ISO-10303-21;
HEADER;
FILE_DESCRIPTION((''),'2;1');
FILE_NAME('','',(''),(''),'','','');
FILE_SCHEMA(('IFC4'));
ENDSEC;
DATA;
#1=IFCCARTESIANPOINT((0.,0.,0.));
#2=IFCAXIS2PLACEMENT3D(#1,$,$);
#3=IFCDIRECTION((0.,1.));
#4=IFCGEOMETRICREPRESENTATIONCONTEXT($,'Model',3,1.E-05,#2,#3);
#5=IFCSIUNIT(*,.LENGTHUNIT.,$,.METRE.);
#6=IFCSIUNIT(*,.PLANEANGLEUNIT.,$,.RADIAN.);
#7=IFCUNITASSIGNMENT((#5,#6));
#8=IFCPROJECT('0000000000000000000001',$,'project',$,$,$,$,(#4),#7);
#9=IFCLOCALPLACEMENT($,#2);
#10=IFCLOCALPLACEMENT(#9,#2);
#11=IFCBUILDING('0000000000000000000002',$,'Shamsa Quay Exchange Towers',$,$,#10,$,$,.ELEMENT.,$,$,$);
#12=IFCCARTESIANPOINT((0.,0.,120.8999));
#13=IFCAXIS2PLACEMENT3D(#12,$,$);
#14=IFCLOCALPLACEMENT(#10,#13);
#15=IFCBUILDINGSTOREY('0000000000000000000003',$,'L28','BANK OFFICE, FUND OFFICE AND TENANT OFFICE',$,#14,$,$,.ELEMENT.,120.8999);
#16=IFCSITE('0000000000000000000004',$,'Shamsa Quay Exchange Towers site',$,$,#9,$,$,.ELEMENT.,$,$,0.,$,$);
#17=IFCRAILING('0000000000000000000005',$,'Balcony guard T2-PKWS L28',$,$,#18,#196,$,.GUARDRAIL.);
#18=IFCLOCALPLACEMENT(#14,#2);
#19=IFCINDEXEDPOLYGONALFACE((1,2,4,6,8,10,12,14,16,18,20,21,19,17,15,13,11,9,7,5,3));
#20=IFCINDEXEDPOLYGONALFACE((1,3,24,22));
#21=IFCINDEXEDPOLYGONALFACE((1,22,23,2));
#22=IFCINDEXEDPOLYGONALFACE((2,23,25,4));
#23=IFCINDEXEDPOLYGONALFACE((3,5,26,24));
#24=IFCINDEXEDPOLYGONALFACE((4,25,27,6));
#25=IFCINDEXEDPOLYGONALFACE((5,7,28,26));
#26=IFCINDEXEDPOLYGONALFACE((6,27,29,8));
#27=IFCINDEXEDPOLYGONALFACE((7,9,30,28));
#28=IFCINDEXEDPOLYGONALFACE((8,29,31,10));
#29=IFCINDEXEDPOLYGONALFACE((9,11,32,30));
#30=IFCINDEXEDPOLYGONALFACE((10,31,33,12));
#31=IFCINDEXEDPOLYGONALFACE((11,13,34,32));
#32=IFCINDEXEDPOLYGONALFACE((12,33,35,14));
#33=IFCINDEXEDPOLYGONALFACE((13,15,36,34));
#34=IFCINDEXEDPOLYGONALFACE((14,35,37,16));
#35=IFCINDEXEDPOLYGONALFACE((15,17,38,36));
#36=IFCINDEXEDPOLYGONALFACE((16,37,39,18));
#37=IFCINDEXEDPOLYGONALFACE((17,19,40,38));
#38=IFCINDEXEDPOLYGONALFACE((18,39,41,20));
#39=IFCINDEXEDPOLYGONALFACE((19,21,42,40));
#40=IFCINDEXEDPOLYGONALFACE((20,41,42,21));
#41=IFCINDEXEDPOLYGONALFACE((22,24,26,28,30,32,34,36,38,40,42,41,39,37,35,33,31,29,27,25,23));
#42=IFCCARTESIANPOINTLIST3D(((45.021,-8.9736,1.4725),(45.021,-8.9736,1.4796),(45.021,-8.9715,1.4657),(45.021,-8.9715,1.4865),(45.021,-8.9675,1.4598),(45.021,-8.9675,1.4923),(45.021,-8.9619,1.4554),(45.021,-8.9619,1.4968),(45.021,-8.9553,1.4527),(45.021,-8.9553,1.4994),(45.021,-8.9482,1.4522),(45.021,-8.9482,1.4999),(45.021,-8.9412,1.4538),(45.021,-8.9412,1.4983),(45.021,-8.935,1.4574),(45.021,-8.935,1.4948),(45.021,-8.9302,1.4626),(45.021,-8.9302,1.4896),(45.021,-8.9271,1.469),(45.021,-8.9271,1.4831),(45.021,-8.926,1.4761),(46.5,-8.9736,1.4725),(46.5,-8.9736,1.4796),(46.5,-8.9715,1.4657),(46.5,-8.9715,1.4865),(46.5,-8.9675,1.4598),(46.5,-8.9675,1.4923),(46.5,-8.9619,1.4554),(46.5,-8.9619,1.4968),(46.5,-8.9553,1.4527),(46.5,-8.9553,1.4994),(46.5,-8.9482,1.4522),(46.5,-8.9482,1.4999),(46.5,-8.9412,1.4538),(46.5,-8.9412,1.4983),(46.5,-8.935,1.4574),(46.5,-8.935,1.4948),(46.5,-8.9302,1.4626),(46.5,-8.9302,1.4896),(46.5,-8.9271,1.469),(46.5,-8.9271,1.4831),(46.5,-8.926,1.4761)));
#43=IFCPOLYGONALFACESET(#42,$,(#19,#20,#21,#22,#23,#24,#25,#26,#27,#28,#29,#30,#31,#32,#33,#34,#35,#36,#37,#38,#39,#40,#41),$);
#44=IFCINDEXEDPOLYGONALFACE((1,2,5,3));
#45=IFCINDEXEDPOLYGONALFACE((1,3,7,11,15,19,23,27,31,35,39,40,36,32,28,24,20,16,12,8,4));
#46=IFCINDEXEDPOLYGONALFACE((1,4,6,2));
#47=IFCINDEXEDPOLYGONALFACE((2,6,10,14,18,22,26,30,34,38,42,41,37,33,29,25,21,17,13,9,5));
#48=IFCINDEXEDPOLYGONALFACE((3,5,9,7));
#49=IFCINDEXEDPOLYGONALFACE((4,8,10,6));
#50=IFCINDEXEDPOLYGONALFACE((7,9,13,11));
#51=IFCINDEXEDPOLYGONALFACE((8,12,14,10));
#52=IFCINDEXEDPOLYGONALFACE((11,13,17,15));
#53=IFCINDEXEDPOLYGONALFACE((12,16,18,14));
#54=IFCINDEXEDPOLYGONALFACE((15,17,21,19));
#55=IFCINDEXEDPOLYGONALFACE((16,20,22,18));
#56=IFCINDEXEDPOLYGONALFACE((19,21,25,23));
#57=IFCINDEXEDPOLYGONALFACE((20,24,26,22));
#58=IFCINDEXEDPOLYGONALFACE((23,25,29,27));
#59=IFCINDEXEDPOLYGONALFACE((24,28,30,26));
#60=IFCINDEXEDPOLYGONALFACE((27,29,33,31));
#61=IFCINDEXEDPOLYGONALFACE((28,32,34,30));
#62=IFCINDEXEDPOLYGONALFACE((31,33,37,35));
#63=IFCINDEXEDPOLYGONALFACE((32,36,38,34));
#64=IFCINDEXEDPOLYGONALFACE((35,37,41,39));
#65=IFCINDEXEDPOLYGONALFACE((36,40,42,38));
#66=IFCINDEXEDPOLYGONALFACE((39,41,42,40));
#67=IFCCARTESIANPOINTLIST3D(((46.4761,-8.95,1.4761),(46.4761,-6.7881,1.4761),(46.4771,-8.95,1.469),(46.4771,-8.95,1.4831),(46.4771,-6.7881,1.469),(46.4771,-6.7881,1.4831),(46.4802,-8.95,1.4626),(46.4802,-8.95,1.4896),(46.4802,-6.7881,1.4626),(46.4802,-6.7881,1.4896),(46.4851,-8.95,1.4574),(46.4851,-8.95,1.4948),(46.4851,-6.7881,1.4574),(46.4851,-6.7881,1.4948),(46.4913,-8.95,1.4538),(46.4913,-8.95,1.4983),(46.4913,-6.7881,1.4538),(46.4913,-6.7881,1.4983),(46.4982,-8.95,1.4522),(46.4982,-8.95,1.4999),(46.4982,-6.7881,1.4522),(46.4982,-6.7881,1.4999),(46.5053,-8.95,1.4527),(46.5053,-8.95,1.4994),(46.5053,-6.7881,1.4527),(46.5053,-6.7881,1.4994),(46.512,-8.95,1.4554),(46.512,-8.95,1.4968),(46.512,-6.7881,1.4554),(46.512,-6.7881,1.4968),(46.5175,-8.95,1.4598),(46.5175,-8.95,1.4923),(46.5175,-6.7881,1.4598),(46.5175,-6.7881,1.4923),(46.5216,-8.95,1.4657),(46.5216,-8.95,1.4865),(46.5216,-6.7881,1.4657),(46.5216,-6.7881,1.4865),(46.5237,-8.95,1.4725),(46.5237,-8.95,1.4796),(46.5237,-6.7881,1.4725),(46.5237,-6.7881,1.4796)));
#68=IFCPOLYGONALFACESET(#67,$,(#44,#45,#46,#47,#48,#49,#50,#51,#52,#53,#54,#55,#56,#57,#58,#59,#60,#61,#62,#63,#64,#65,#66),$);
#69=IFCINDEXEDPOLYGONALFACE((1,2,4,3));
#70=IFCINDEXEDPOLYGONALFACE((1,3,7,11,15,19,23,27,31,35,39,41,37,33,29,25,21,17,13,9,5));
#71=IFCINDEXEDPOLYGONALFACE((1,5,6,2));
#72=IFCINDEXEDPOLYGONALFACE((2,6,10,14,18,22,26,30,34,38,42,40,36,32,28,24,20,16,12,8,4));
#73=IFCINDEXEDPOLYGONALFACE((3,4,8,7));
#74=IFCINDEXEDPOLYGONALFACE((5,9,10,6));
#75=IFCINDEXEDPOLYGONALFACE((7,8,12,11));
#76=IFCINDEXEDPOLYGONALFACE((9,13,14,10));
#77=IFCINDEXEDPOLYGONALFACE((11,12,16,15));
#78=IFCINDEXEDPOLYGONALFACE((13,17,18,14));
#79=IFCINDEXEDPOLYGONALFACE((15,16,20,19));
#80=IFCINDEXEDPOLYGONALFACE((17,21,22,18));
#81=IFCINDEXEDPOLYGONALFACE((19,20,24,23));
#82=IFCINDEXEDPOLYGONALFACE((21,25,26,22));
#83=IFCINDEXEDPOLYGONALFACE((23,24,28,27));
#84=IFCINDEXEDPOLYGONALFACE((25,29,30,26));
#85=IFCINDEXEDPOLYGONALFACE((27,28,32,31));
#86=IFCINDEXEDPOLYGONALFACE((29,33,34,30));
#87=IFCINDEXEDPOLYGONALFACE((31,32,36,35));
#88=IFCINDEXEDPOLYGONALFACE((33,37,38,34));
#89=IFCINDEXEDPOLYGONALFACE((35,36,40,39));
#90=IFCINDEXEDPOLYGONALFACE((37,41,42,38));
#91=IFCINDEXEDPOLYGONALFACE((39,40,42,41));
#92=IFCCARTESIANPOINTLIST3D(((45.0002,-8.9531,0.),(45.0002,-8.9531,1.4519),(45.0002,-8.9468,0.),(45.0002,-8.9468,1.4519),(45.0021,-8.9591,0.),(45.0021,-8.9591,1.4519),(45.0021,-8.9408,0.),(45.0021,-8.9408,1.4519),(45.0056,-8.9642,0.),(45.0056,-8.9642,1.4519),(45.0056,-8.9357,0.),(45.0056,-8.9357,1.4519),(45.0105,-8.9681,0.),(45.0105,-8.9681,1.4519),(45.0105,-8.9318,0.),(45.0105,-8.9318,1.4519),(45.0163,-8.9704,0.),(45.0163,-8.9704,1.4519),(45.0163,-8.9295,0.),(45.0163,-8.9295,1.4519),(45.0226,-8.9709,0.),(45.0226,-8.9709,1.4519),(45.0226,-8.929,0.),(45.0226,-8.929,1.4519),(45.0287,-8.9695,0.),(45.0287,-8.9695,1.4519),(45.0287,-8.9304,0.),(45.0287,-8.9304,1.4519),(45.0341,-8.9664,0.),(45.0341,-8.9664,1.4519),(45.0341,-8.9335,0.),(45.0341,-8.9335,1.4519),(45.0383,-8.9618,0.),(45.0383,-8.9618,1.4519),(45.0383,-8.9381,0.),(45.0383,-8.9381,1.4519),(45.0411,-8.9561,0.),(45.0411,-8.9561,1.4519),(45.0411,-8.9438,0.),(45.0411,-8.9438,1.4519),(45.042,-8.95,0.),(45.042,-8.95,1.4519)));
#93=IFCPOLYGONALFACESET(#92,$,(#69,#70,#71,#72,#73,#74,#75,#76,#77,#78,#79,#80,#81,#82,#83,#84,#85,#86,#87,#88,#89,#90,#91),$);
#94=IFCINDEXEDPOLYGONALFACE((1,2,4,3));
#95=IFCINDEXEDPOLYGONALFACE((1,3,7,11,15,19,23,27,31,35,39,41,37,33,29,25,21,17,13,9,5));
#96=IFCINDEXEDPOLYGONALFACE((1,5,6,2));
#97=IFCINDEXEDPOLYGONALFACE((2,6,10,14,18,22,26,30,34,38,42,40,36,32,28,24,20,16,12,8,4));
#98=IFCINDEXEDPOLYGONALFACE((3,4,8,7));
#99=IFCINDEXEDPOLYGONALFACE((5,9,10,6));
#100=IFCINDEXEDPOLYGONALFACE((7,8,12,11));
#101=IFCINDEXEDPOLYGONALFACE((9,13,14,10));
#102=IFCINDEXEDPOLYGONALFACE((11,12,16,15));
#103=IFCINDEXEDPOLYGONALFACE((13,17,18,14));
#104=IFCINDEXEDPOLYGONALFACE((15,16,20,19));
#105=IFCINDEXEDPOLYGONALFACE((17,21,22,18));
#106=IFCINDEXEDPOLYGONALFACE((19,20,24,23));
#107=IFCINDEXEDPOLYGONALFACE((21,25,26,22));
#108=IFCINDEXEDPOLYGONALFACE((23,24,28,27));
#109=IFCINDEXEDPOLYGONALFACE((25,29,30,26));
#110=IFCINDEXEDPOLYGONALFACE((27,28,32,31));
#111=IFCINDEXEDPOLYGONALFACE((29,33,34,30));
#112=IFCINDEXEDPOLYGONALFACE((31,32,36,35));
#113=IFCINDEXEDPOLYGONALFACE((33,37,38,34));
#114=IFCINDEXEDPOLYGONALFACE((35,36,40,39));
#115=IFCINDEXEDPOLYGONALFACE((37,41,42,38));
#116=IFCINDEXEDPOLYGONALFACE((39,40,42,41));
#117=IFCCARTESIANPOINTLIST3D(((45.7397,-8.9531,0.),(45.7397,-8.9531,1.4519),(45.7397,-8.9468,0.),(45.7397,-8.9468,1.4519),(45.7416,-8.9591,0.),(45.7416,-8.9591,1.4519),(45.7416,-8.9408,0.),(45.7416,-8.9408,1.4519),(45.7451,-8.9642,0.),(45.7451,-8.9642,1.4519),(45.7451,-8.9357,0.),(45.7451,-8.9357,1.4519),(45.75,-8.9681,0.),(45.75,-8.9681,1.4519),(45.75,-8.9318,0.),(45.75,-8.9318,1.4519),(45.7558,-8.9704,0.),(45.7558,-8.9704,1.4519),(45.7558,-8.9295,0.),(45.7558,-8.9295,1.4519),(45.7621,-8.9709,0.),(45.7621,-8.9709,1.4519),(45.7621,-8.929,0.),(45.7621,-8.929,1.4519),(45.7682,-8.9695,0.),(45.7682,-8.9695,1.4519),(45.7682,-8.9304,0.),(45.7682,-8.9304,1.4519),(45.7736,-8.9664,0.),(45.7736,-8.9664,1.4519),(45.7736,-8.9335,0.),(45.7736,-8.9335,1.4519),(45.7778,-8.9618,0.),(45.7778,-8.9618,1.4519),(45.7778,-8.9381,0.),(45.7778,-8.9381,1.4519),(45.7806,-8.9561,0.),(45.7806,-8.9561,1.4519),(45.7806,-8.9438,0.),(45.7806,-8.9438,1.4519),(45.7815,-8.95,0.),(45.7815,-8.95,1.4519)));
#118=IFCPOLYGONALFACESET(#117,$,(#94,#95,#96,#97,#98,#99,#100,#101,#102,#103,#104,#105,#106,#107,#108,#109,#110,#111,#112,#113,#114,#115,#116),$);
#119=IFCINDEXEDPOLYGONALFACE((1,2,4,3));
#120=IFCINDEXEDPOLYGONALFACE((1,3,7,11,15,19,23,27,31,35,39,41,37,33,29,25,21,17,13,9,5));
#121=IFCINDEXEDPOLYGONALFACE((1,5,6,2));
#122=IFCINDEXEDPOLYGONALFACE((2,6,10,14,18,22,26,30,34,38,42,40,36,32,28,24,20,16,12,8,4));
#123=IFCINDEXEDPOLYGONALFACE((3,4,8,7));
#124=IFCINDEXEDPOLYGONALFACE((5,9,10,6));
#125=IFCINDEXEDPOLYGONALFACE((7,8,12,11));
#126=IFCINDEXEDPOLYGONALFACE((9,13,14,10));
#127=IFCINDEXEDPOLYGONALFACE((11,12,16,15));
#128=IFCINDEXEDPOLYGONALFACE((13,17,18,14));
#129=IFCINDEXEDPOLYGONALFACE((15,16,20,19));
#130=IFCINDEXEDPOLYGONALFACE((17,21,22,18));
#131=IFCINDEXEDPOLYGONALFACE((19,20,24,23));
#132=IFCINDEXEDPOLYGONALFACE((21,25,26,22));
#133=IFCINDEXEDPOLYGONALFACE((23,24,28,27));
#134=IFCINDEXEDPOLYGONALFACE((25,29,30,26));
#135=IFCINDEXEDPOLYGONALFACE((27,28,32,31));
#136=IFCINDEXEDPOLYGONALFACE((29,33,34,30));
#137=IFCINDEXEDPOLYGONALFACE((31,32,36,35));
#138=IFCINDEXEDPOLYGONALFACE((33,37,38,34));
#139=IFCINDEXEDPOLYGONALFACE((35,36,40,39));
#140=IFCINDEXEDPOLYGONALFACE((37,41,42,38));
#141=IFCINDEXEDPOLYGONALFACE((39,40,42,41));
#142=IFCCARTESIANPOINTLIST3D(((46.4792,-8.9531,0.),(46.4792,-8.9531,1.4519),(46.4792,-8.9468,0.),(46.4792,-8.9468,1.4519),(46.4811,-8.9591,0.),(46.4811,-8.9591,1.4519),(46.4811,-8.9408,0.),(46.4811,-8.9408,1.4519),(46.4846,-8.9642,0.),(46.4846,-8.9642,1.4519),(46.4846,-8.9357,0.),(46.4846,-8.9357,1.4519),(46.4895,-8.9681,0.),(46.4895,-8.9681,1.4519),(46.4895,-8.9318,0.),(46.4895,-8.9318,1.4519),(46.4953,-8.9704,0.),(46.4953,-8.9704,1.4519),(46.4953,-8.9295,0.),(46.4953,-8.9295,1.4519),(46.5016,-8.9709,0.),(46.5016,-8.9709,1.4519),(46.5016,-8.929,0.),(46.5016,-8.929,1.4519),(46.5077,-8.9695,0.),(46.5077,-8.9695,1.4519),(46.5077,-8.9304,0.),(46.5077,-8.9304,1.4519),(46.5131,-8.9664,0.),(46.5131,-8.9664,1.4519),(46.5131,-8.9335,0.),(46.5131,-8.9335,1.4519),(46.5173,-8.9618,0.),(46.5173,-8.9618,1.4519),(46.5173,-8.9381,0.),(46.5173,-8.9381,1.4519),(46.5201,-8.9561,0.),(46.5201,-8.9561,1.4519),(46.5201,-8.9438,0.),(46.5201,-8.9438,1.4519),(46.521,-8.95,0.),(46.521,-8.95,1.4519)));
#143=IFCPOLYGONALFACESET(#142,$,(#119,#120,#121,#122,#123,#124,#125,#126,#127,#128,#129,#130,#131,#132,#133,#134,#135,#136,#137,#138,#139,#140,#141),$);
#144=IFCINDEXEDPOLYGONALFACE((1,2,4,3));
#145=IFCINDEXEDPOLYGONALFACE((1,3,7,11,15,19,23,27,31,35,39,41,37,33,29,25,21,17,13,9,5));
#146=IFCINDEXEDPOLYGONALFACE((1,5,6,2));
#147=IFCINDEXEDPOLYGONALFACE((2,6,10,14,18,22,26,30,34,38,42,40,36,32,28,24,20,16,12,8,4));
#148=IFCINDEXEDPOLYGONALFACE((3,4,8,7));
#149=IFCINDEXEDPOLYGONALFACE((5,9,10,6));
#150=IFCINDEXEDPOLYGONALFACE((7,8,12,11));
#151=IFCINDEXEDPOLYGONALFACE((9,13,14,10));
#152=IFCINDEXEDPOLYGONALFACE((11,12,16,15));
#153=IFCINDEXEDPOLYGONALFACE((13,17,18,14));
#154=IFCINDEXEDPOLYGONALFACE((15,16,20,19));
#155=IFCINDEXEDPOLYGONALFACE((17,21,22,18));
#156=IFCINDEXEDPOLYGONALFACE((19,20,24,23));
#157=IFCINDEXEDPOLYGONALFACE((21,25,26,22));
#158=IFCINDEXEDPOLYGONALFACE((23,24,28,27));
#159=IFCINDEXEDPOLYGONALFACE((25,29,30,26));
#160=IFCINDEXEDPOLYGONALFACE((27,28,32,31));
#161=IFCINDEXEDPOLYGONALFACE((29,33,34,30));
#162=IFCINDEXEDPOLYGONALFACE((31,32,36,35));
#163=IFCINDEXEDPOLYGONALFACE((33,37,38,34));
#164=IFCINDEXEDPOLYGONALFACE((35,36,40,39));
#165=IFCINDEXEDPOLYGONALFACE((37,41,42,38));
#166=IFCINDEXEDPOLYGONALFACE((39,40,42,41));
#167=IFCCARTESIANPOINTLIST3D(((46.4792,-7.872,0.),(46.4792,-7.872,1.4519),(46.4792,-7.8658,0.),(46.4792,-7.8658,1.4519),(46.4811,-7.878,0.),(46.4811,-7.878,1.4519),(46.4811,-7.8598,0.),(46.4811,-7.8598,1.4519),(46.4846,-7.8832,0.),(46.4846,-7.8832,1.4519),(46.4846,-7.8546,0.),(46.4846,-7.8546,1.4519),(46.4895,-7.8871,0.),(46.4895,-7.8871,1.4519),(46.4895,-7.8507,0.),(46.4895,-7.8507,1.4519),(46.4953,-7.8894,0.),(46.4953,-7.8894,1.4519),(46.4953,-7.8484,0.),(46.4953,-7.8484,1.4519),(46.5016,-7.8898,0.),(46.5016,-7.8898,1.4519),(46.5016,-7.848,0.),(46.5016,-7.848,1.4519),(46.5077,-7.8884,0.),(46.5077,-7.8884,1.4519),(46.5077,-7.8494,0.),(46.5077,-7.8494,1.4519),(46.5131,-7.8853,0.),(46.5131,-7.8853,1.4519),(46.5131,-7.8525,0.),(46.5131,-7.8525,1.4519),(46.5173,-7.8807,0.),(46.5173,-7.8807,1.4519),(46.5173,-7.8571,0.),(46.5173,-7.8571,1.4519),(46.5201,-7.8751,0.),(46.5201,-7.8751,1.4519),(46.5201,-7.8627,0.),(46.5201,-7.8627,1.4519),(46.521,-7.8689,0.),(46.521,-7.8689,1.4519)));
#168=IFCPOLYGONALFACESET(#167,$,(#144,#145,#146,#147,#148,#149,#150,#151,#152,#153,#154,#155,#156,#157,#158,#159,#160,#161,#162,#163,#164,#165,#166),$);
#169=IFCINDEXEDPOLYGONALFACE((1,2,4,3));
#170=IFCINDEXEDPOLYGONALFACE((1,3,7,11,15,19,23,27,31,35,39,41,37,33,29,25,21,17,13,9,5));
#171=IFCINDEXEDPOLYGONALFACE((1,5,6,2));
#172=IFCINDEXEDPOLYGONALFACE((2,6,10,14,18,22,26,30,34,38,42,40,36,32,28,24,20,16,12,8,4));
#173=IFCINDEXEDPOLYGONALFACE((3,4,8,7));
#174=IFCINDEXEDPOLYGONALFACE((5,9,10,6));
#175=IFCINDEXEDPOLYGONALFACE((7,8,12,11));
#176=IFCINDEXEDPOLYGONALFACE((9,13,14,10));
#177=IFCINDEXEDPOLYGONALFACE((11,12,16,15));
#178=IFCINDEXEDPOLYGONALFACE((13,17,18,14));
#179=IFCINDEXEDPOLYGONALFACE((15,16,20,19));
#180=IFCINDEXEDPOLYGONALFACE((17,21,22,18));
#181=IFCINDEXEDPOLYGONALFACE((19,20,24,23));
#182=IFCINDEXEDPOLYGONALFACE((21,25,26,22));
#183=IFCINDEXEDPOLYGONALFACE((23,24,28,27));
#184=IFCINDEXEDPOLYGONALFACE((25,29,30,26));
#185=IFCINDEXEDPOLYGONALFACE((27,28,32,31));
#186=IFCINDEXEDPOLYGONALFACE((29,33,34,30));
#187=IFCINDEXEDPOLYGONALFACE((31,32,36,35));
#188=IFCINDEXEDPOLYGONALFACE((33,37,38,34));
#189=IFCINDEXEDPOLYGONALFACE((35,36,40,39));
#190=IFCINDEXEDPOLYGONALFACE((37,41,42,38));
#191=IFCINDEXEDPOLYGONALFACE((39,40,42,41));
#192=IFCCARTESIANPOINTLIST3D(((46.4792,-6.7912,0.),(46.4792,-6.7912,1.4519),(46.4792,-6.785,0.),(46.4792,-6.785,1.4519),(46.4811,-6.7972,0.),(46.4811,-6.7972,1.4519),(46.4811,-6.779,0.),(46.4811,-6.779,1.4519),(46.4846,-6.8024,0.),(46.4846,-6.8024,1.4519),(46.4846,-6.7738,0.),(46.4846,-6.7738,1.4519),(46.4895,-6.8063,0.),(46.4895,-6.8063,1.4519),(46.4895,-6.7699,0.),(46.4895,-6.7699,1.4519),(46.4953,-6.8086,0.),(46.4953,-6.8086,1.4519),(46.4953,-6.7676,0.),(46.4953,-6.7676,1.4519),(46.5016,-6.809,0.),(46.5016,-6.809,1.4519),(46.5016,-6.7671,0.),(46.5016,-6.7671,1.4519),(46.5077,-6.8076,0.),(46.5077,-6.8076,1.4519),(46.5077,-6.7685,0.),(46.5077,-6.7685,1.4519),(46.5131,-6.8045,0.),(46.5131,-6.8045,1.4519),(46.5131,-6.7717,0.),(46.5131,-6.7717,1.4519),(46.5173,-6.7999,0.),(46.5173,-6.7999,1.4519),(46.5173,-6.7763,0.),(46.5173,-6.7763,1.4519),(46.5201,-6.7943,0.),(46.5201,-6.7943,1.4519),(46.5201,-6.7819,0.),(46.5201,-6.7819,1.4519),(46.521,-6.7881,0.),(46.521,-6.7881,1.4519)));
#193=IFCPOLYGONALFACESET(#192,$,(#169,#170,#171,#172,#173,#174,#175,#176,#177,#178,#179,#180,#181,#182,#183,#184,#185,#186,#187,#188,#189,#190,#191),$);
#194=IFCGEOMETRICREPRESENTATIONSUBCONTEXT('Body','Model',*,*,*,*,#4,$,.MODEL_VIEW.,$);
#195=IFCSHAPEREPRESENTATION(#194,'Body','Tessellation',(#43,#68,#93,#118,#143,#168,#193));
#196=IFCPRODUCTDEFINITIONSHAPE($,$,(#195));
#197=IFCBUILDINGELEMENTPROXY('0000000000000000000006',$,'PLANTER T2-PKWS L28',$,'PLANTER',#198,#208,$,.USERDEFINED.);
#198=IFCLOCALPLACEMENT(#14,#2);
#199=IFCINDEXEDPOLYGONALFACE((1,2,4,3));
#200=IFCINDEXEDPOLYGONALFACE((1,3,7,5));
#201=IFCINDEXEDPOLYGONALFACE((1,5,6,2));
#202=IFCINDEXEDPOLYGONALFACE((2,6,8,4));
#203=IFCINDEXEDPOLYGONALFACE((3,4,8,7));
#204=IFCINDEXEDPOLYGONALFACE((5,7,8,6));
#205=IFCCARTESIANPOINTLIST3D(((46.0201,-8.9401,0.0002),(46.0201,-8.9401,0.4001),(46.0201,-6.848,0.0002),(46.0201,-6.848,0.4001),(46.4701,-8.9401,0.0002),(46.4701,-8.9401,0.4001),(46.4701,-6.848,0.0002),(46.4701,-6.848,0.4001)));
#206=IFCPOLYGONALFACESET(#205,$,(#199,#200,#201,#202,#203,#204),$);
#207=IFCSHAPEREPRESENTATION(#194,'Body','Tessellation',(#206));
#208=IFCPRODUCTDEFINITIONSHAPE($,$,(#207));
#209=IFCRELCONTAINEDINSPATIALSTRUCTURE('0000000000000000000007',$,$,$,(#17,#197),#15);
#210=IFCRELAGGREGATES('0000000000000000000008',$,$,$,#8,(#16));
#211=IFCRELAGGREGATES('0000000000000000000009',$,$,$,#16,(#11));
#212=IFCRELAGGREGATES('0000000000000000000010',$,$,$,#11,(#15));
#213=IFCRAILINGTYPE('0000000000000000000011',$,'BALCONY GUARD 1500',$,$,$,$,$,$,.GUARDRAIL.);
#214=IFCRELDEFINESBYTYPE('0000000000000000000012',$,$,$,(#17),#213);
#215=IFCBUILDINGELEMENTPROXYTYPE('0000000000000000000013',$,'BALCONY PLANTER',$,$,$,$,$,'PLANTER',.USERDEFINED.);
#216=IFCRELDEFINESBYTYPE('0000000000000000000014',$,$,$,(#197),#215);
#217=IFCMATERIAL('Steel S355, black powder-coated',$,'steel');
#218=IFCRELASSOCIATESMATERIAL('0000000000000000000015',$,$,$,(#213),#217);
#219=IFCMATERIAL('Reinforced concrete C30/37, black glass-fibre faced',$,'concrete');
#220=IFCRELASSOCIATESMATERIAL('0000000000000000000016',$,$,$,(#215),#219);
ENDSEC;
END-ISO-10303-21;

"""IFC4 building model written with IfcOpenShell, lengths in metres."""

from ifc_helpers import new_model, si_unit, direction, frame, origin, origin_2d, place, context, subcontext, project, spatial, rectangle, circle, extrude, material, type_object, element, save


model = new_model("IFC4")

# Units and contexts
model_context = context("Model", 3, precision=1e-05, world=origin(), true_north=direction((0.0, 1.0)))
body_context = subcontext(model_context, "Body", "Model", "MODEL_VIEW")
ifc_project = project(units=[si_unit("LENGTHUNIT", "METRE"), si_unit("PLANEANGLEUNIT", "RADIAN")], contexts=[model_context])

# Site, building, storey
site_placement = place(None, origin())
site = spatial("IfcSite", under=ifc_project, at=site_placement, Name="Shamsa Quay Exchange Towers site", CompositionType="ELEMENT", RefElevation=0.0)
building_placement = place(site_placement, origin())
building = spatial("IfcBuilding", under=site, at=building_placement, Name="Shamsa Quay Exchange Towers", CompositionType="ELEMENT")
storey_placement = place(building_placement, frame((0.0, 0.0, 120.8999)))
storey = spatial("IfcBuildingStorey", under=building, at=storey_placement, Name="L28", Description="BANK OFFICE, FUND OFFICE AND TENANT OFFICE", CompositionType="ELEMENT", Elevation=120.8999)

# Railing
ifc_material_1 = material(Name="Steel S355, black powder-coated", Category="steel")
railing_type_1 = type_object("IfcRailingType", Name="BALCONY GUARD 1500", PredefinedType="GUARDRAIL", material=ifc_material_1)
railing_1_placement = place(storey_placement, frame((45.021, -8.95, 0.0)))
element("IfcRailing", 1, at=railing_1_placement, inside=storey, type_object=railing_type_1, Name="Balcony guard T2-PKWS L28", PredefinedType="GUARDRAIL", context=body_context, shape_type="SweptSolid", body=[
    extrude(circle(Radius=0.0239, at=origin_2d()), frame((0.0, 0.0, 1.4761), z_axis=(1.0, 0.0, 0.0), x_axis=(0.0, 1.0, 0.0)), (0.0, 0.0, 1.0), 1.479),
    extrude(circle(Radius=0.0239, at=origin_2d()), frame((1.479, 0.0, 1.4761), z_axis=(0.0, 1.0, 0.0), x_axis=(-1.0, 0.0, 0.0)), (0.0, 0.0, 1.0), 2.1619),
    extrude(circle(Radius=0.021, at=origin_2d()), origin(), (0.0, 0.0, 1.0), 1.4519),
    extrude(circle(Radius=0.021, at=origin_2d()), frame((0.7395, 0.0, 0.0)), (0.0, 0.0, 1.0), 1.4519),
    extrude(circle(Radius=0.021, at=origin_2d()), frame((1.479, 0.0, 0.0)), (0.0, 0.0, 1.0), 1.4519),
    extrude(circle(Radius=0.021, at=origin_2d()), frame((1.479, 1.0811, 0.0)), (0.0, 0.0, 1.0), 1.4519),
    extrude(circle(Radius=0.021, at=origin_2d()), frame((1.479, 2.1619, 0.0)), (0.0, 0.0, 1.0), 1.4519),
])

# Building element proxy
ifc_material_2 = material(Name="Reinforced concrete C30/37, black glass-fibre faced", Category="concrete")
building_element_proxy_type = type_object("IfcBuildingElementProxyType", Name="BALCONY PLANTER", ElementType="PLANTER", PredefinedType="USERDEFINED", material=ifc_material_2)
proxy_placement = place(storey_placement, frame((46.2451, -7.894, 0.0002), z_axis=(0.0, 0.0, 1.0), x_axis=(0.0, 1.0, 0.0)))
element("IfcBuildingElementProxy", 2, at=proxy_placement, inside=storey, type_object=building_element_proxy_type, Name="PLANTER T2-PKWS L28", ObjectType="PLANTER", PredefinedType="USERDEFINED", context=body_context, shape_type="SweptSolid", body=[
    extrude(rectangle(XDim=2.092, YDim=0.45, at=origin_2d()), origin(), (0.0, 0.0, 1.0), 0.3999),
])

save(model, "model.ifc")
